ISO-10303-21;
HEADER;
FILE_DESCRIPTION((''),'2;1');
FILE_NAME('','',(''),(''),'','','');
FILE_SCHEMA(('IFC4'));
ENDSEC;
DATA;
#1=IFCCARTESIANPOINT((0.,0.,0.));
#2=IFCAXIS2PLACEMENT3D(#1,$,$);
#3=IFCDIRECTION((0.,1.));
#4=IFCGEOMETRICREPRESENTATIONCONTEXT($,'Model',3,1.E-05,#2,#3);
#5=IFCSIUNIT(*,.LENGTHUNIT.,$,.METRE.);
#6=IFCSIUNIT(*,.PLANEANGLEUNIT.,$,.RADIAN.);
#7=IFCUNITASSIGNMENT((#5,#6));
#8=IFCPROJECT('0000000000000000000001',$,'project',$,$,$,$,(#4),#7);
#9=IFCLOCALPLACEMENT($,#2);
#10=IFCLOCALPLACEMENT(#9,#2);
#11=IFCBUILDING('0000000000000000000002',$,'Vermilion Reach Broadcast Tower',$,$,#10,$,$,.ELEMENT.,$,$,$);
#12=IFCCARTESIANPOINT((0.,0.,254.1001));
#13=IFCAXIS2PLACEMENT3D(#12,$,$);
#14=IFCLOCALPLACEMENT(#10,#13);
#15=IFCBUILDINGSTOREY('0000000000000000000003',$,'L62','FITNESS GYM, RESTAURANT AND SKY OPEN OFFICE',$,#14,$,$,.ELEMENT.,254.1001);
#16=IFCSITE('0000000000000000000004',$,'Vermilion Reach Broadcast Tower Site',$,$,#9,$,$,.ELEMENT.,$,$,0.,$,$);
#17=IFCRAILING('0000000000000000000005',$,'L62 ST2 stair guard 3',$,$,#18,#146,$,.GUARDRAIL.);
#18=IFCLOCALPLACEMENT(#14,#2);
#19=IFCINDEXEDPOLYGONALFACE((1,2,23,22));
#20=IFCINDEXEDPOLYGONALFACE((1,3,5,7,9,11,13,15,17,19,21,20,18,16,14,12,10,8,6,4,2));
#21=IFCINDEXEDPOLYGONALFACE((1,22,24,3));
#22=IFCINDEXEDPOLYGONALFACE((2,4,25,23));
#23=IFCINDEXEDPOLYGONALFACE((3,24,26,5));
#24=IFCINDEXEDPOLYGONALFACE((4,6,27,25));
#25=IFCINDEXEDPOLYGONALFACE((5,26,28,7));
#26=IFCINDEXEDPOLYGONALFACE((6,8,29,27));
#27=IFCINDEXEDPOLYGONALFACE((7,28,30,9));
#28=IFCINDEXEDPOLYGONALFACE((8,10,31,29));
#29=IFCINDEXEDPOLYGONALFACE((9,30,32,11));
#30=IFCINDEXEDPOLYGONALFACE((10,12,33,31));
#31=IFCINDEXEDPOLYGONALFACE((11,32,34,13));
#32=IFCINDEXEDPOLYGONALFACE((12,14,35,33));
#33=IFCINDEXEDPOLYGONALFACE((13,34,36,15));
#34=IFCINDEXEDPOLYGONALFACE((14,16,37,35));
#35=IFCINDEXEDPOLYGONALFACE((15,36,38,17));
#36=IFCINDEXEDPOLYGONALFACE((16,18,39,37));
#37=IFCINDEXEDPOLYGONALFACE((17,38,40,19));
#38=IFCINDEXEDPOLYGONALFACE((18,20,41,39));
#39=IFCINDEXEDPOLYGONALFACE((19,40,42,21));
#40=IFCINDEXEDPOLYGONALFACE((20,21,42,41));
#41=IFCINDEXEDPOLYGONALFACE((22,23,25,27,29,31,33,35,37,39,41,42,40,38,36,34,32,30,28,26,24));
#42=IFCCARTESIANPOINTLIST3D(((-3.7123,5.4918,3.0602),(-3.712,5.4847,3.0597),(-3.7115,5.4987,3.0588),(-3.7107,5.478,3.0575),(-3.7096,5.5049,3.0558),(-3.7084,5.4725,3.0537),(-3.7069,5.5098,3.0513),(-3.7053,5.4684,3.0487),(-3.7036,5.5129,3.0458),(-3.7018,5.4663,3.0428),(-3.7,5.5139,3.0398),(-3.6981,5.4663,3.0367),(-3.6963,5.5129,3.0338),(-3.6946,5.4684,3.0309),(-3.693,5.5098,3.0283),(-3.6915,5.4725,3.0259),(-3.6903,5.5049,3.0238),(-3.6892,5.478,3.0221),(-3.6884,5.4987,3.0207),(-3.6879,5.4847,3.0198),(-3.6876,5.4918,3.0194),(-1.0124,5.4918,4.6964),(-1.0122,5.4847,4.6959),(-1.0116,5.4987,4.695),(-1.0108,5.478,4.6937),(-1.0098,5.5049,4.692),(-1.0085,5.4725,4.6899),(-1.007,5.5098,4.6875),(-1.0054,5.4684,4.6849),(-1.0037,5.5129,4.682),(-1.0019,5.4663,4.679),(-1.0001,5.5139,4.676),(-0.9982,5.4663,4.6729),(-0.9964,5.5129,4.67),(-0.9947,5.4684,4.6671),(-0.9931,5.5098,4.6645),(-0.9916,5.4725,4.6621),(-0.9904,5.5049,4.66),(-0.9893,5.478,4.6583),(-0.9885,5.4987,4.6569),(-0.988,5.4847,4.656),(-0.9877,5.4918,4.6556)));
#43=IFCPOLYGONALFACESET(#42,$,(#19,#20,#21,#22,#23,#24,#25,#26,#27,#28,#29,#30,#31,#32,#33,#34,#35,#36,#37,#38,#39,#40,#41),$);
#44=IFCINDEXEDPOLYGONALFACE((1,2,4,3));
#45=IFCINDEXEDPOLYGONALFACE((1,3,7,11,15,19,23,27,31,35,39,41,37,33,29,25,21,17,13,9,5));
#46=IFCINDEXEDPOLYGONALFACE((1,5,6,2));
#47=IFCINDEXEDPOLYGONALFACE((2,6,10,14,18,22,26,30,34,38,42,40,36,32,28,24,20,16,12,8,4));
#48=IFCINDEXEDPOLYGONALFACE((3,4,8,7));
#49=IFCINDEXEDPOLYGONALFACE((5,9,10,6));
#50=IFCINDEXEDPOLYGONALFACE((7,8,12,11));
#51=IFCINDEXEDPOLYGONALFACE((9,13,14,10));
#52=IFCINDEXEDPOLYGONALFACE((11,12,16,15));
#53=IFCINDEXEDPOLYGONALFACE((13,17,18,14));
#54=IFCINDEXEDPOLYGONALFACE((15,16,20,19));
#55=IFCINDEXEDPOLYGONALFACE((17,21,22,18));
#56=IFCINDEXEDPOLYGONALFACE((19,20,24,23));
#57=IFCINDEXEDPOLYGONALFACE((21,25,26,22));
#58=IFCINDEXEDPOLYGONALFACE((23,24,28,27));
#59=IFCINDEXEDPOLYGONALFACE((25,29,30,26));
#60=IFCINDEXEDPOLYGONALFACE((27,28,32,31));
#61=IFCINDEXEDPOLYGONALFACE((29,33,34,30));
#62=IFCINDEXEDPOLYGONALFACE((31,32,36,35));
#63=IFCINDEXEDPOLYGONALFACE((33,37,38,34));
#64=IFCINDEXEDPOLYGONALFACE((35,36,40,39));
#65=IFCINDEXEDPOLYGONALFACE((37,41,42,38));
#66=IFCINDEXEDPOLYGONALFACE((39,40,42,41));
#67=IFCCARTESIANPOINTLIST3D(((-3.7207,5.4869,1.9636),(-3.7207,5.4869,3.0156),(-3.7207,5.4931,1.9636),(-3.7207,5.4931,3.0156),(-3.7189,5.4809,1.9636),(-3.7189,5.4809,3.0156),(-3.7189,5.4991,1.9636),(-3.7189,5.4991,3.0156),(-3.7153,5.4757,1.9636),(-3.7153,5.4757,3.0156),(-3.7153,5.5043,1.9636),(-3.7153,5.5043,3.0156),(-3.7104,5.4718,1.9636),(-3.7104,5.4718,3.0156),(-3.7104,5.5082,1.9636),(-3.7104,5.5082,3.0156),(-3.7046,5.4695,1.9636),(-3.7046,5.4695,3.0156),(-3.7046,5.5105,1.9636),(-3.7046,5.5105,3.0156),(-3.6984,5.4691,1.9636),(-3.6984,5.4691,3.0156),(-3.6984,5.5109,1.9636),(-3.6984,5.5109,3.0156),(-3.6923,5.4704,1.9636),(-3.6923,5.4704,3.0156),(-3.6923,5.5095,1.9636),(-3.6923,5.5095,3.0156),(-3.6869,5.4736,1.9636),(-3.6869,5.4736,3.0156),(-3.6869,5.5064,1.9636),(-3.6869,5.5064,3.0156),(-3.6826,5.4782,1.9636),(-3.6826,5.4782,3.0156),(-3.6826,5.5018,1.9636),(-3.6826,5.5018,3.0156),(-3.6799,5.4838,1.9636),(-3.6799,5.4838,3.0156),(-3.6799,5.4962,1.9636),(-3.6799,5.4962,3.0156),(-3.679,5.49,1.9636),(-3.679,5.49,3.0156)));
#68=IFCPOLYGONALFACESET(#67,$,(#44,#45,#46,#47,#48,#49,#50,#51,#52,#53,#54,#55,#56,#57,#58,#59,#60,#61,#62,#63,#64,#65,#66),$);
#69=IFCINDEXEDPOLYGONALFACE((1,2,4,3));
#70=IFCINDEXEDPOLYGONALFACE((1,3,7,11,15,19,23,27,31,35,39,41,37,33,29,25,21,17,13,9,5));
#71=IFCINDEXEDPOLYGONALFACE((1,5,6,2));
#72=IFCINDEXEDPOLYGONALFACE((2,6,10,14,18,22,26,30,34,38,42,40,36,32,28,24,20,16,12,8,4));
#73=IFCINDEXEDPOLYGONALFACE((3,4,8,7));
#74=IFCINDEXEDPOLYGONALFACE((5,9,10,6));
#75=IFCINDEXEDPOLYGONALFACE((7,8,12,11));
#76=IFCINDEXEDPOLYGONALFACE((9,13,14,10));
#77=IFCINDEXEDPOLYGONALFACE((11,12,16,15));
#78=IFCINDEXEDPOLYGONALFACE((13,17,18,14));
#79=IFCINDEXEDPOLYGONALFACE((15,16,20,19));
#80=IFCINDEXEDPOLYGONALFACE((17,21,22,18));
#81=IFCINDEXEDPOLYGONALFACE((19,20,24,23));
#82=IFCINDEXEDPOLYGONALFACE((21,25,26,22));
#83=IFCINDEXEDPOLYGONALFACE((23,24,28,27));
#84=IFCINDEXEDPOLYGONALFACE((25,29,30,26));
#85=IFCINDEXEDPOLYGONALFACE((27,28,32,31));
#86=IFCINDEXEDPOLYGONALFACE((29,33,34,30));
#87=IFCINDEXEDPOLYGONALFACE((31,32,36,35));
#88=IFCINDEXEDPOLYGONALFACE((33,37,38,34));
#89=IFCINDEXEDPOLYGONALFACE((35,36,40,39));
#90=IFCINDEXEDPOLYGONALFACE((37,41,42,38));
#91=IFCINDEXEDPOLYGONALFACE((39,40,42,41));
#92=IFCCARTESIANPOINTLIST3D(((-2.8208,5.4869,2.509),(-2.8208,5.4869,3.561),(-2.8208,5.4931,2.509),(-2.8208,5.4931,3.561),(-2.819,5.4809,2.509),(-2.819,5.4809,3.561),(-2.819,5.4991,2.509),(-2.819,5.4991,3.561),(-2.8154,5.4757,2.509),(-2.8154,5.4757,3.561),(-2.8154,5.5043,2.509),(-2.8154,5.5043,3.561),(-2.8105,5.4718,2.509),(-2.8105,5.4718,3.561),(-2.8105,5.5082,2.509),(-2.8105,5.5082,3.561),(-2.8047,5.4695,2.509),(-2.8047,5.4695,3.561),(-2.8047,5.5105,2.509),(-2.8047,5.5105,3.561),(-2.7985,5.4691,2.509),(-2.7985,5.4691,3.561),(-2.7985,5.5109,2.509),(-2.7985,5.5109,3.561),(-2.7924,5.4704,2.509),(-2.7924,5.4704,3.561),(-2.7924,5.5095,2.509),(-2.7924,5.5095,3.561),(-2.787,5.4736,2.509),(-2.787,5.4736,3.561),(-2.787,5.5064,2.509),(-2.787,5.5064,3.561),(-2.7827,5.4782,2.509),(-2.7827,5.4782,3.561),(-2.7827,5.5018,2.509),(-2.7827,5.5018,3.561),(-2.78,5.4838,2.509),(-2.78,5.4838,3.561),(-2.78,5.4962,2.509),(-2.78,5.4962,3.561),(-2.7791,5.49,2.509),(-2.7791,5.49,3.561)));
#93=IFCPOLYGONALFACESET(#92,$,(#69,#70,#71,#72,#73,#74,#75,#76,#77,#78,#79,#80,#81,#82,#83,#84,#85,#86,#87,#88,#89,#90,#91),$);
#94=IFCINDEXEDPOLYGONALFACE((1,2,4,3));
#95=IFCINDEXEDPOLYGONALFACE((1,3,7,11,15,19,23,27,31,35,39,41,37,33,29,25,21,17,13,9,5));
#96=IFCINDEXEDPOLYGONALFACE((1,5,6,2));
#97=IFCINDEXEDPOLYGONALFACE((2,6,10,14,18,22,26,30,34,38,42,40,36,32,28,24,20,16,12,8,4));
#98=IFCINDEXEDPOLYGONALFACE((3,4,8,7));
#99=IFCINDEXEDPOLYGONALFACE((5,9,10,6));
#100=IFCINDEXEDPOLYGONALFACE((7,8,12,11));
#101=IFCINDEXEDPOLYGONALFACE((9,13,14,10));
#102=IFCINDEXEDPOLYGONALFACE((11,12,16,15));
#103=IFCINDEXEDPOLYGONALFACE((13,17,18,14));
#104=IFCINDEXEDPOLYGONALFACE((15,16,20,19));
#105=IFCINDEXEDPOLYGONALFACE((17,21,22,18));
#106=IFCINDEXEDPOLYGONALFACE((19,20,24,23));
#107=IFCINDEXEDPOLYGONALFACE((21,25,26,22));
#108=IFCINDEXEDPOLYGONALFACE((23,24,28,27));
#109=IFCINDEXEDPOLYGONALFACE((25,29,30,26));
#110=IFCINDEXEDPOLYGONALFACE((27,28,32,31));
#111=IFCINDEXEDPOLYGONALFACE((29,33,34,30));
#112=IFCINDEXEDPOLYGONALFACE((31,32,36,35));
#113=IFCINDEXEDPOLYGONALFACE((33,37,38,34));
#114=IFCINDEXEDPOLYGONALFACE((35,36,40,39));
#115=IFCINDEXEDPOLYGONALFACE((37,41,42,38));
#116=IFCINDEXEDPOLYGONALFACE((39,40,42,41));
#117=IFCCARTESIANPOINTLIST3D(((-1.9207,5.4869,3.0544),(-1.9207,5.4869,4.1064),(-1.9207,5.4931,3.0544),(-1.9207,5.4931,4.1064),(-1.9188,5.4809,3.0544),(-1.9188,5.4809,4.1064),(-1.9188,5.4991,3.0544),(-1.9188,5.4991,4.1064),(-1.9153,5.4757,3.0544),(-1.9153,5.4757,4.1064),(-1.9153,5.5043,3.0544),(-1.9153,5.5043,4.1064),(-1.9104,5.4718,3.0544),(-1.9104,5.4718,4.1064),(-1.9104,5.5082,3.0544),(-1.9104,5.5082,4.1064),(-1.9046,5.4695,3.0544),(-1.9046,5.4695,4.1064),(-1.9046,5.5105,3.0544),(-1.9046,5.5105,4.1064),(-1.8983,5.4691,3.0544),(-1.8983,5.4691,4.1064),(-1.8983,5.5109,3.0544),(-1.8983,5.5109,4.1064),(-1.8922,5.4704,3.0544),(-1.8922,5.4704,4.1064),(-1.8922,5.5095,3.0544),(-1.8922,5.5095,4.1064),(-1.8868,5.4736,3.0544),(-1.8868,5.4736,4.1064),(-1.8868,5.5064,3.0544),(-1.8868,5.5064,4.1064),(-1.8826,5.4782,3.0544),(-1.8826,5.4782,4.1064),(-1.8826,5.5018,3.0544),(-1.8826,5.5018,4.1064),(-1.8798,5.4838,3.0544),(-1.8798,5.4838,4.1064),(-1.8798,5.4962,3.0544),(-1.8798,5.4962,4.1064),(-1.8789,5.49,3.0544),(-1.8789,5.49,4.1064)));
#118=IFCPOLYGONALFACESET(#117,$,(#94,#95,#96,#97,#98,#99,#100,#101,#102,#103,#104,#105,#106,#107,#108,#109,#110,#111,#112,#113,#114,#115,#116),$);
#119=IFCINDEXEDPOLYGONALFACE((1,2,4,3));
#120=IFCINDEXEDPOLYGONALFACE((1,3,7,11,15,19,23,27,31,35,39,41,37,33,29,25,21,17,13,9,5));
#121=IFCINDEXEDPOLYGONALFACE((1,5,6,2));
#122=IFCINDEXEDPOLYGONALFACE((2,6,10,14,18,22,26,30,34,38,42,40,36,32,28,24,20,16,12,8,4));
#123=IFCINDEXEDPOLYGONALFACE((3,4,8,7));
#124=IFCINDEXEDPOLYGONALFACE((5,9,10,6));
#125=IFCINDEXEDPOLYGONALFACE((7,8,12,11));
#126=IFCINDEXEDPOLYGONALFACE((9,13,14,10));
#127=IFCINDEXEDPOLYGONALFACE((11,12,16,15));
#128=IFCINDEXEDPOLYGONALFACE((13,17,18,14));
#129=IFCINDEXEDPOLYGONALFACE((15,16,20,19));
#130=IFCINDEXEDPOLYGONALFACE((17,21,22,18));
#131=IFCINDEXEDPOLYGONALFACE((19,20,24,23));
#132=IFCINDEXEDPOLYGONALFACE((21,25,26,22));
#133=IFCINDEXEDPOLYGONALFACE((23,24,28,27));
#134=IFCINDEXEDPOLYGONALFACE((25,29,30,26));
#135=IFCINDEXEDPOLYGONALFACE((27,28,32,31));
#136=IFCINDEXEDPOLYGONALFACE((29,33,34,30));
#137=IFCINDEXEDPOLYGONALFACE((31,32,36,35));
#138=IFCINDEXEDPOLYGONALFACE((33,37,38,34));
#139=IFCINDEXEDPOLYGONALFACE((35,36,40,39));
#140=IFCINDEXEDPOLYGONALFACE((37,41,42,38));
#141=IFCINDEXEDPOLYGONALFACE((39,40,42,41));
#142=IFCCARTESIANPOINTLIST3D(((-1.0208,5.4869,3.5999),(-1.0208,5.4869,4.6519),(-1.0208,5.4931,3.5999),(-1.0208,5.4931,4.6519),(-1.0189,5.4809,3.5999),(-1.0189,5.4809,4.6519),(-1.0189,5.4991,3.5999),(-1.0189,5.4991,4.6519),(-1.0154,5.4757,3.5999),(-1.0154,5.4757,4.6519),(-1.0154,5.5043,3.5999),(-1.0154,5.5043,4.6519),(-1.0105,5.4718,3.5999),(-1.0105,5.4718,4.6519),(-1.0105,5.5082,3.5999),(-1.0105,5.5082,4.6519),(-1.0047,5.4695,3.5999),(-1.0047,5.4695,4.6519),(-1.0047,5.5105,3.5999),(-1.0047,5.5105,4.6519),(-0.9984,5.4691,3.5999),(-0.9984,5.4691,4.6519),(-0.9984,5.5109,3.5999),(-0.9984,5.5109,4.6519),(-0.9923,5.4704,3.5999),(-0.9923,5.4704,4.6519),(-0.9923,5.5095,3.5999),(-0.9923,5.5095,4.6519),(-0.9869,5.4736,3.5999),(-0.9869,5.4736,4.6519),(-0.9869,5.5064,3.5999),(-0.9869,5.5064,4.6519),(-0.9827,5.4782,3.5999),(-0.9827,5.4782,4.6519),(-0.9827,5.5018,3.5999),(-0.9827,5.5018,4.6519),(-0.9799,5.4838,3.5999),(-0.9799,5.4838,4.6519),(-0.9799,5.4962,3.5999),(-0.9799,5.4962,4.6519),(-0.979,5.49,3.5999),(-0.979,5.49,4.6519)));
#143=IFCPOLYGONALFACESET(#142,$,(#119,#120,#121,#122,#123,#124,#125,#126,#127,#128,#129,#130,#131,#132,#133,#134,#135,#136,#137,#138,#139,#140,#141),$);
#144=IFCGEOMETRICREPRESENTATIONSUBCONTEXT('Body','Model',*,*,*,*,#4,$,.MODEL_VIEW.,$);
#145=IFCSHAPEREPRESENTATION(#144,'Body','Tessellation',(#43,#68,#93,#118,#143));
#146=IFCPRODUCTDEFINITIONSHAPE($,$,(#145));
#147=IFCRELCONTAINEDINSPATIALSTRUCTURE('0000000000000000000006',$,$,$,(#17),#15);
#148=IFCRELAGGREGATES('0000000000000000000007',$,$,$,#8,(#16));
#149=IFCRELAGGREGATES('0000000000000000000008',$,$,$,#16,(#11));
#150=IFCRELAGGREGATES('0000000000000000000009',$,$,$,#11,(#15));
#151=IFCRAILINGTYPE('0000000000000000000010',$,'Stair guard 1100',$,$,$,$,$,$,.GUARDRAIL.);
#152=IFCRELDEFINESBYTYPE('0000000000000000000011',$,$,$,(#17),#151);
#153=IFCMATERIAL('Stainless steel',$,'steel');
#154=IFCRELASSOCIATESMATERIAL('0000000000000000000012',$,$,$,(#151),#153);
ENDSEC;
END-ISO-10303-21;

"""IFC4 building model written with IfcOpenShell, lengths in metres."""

from ifc_helpers import new_model, si_unit, direction, frame, origin, origin_2d, place, context, subcontext, project, spatial, circle, extrude, material, type_object, element, save


model = new_model("IFC4")

# Units and contexts
model_context = context("Model", 3, precision=1e-05, world=origin(), true_north=direction((0.0, 1.0)))
body_context = subcontext(model_context, "Body", "Model", "MODEL_VIEW")
ifc_project = project(units=[si_unit("LENGTHUNIT", "METRE"), si_unit("PLANEANGLEUNIT", "RADIAN")], contexts=[model_context])

# Site, building, storey
site_placement = place(None, origin())
site = spatial("IfcSite", under=ifc_project, at=site_placement, Name="Vermilion Reach Broadcast Tower Site", CompositionType="ELEMENT", RefElevation=0.0)
building_placement = place(site_placement, origin())
building = spatial("IfcBuilding", under=site, at=building_placement, Name="Vermilion Reach Broadcast Tower", CompositionType="ELEMENT")
storey_placement = place(building_placement, frame((0.0, 0.0, 254.1001)))
storey = spatial("IfcBuildingStorey", under=building, at=storey_placement, Name="L62", Description="FITNESS GYM, RESTAURANT AND SKY OPEN OFFICE", CompositionType="ELEMENT", Elevation=254.1001)

# Railing
ifc_material_1 = material(Name="Stainless steel", Category="steel")
railing_type_1 = type_object("IfcRailingType", Name="Stair guard 1100", PredefinedType="GUARDRAIL", material=ifc_material_1)
railing_1_placement = place(storey_placement, frame((-3.7, 5.49, 1.9636)))
element("IfcRailing", 1, at=railing_1_placement, inside=storey, type_object=railing_type_1, Name="L62 ST2 stair guard 3", PredefinedType="GUARDRAIL", context=body_context, shape_type="SweptSolid", body=[
    extrude(circle(Radius=0.0239, at=origin_2d()), frame((0.0, 0.0, 1.0762), z_axis=(0.855212, 0.0, 0.518278), x_axis=(0.0, 1.0, 0.0)), (0.0, 0.0, 1.0), 3.157),
    extrude(circle(Radius=0.021, at=origin_2d()), origin(), (0.0, 0.0, 1.0), 1.052),
    extrude(circle(Radius=0.021, at=origin_2d()), frame((0.8999, 0.0, 0.5454)), (0.0, 0.0, 1.0), 1.052),
    extrude(circle(Radius=0.021, at=origin_2d()), frame((1.8, 0.0, 1.0908)), (0.0, 0.0, 1.0), 1.052),
    extrude(circle(Radius=0.021, at=origin_2d()), frame((2.7, 0.0, 1.6362)), (0.0, 0.0, 1.0), 1.052),
])

save(model, "model.ifc")
